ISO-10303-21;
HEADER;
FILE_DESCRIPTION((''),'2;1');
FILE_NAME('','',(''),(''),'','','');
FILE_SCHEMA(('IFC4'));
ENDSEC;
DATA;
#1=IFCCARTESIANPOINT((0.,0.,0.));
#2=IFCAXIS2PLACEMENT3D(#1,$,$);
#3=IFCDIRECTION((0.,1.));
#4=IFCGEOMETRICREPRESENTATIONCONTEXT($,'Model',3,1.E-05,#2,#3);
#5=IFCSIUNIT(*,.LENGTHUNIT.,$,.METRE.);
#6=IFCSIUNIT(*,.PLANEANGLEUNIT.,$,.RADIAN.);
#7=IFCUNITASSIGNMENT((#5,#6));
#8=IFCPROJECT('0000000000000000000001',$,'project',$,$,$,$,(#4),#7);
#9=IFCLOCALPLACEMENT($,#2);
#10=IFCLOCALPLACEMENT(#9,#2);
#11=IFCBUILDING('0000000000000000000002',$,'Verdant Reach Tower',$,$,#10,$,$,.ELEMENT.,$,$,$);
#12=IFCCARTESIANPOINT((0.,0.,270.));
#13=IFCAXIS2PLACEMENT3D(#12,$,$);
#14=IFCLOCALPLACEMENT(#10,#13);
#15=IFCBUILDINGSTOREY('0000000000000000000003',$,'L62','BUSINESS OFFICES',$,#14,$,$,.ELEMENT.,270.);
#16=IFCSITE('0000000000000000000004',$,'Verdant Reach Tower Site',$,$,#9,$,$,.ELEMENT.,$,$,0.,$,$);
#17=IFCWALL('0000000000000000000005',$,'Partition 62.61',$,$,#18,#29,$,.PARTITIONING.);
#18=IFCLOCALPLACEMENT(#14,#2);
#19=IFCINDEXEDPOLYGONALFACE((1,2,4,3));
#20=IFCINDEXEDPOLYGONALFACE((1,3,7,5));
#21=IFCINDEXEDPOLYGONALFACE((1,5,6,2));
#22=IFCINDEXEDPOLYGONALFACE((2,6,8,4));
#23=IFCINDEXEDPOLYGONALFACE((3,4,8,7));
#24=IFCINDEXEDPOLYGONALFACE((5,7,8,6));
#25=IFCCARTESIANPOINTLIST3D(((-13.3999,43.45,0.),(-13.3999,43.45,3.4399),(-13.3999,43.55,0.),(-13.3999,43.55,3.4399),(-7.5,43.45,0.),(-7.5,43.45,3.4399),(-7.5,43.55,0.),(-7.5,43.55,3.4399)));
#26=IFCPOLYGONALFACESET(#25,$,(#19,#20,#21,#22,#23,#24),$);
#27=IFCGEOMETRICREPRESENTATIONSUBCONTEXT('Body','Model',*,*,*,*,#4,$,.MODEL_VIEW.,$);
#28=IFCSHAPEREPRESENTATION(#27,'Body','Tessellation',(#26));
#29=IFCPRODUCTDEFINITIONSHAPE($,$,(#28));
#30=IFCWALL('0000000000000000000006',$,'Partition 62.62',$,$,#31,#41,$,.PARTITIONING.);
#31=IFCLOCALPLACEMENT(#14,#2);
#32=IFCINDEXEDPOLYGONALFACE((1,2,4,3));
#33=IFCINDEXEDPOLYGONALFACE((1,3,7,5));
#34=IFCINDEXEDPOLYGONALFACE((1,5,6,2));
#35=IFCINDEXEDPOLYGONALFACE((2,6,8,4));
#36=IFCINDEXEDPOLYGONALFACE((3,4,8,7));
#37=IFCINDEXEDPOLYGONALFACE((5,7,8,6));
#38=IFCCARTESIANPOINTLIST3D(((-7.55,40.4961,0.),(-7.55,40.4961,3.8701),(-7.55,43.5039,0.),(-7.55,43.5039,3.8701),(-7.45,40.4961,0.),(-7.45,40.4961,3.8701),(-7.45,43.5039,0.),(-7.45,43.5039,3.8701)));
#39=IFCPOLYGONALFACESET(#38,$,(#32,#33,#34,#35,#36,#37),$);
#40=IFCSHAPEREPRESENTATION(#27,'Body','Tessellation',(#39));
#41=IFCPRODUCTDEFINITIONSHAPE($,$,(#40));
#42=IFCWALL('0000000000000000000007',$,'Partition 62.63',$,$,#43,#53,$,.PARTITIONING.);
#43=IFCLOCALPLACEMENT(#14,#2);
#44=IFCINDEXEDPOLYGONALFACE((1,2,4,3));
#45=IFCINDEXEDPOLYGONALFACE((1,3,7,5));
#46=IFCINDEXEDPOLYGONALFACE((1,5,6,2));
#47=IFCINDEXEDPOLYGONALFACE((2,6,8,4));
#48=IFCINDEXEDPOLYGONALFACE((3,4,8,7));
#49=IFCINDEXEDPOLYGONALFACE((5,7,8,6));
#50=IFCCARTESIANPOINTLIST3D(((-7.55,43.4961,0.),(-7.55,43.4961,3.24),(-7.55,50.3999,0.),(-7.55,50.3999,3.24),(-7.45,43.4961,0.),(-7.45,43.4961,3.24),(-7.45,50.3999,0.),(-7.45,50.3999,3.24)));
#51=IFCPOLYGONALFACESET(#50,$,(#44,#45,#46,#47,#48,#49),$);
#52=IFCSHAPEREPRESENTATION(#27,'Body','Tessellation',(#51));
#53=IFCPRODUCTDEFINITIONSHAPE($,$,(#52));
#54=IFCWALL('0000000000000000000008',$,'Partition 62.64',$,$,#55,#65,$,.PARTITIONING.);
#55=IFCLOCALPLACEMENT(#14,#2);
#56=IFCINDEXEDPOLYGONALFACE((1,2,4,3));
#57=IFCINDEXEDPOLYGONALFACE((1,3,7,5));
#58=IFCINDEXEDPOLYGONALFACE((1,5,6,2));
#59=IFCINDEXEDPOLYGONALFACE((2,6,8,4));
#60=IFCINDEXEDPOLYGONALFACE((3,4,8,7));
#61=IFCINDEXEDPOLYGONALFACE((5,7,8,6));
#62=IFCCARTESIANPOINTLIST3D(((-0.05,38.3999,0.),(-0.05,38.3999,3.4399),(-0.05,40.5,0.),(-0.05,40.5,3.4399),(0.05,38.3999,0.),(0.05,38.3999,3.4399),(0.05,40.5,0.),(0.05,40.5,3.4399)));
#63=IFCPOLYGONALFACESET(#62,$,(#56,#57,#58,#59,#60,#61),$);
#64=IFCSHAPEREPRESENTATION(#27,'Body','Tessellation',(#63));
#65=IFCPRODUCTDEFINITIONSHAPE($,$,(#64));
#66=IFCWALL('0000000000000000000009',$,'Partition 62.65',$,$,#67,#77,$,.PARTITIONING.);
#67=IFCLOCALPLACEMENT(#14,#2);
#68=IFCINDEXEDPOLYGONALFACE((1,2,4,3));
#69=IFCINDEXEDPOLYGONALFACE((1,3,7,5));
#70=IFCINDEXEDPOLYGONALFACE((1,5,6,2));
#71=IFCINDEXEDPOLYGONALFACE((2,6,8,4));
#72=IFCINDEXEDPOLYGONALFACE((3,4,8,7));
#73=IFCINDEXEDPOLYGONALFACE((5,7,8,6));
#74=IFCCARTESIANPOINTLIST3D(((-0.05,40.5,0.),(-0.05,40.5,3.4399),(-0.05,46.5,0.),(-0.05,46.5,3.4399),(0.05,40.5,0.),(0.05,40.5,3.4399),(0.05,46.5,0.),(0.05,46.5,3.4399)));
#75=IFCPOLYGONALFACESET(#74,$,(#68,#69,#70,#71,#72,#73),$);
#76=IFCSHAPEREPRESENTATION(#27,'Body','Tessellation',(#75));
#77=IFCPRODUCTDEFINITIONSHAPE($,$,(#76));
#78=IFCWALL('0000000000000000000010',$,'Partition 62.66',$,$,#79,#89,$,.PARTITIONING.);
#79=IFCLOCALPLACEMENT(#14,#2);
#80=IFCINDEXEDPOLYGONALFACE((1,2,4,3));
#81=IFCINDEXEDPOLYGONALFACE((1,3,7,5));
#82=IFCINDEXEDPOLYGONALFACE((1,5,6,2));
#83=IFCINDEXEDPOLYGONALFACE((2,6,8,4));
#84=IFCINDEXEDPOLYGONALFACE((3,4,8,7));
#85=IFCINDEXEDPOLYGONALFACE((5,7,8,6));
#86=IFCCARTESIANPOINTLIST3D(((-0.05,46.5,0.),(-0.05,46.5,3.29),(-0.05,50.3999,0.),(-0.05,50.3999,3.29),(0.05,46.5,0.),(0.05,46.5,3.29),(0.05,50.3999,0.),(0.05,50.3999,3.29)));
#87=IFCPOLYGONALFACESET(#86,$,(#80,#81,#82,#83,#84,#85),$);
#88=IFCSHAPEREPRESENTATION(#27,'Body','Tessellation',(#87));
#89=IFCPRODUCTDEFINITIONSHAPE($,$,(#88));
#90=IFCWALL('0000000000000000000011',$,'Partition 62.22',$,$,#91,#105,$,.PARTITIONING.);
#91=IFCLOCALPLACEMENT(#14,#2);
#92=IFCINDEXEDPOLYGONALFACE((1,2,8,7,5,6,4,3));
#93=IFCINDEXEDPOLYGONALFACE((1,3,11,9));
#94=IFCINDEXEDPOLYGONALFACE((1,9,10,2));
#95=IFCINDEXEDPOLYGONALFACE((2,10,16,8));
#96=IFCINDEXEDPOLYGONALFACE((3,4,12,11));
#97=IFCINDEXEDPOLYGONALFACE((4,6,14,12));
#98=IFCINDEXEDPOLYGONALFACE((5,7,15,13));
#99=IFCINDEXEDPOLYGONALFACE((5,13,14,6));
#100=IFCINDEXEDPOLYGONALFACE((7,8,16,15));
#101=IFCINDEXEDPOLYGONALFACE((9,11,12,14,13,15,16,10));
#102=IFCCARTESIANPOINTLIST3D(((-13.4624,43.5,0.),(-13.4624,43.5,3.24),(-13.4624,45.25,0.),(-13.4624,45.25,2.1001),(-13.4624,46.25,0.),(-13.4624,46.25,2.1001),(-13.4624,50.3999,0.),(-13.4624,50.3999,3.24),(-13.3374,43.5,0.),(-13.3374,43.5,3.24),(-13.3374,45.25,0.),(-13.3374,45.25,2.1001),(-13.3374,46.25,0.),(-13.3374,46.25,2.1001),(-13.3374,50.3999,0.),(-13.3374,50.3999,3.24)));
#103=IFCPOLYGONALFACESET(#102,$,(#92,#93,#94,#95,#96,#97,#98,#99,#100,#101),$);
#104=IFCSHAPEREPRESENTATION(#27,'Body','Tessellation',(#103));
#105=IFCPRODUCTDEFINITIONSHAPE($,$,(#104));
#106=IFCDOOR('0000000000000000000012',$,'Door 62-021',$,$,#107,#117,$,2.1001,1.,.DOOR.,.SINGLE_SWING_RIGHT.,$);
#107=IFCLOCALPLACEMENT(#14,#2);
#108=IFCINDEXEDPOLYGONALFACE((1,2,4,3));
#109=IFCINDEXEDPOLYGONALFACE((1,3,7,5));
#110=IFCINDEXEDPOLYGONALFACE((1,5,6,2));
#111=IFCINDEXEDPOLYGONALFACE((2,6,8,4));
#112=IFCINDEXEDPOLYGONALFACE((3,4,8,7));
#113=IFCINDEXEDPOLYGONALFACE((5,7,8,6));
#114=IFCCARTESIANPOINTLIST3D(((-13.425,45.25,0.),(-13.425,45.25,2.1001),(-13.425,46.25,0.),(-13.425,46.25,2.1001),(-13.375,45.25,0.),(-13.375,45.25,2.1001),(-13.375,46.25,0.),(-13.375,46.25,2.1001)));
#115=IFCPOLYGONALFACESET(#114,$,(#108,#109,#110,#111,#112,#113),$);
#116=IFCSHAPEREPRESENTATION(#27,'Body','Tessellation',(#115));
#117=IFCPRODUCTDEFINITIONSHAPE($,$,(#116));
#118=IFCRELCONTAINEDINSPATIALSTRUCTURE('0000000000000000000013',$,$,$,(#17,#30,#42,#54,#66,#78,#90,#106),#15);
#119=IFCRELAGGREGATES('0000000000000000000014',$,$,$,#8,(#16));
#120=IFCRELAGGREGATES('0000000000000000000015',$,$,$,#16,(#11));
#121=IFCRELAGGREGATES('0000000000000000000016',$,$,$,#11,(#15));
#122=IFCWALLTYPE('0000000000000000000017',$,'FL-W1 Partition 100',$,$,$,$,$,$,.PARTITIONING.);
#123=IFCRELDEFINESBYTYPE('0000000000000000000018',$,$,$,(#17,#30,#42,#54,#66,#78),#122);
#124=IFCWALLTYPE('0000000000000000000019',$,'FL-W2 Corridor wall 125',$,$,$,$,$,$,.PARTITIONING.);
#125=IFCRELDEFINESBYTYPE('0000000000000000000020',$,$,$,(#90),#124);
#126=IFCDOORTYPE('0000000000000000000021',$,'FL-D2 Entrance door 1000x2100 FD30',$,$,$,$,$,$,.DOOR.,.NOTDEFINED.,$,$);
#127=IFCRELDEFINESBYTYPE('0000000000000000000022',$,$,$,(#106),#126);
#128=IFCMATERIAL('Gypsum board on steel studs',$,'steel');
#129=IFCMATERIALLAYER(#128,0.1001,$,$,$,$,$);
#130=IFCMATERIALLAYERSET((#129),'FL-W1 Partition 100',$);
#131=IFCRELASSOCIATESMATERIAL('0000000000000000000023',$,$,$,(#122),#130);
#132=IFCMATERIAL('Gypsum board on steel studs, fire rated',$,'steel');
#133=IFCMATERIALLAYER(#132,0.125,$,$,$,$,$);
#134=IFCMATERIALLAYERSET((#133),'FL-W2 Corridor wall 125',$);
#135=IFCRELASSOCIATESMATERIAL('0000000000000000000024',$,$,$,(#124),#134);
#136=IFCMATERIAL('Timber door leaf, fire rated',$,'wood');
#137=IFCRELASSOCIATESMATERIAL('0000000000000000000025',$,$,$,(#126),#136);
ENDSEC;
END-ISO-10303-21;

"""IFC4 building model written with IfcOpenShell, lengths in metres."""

from ifc_helpers import new_model, si_unit, direction, frame, frame_2d, origin, place, context, subcontext, project, spatial, rectangle, extrude, material, layer, layer_set, type_object, element, fill, save


model = new_model("IFC4")

# Units and contexts
model_context = context("Model", 3, precision=1e-05, world=origin(), true_north=direction((0.0, 1.0)))
body_context = subcontext(model_context, "Body", "Model", "MODEL_VIEW")
ifc_project = project(units=[si_unit("LENGTHUNIT", "METRE"), si_unit("PLANEANGLEUNIT", "RADIAN")], contexts=[model_context])

# Site, building, storey
site_placement = place(None, origin())
site = spatial("IfcSite", under=ifc_project, at=site_placement, Name="Verdant Reach Tower Site", CompositionType="ELEMENT", RefElevation=0.0)
building_placement = place(site_placement, origin())
building = spatial("IfcBuilding", under=site, at=building_placement, Name="Verdant Reach Tower", CompositionType="ELEMENT")
storey_placement = place(building_placement, frame((0.0, 0.0, 270.0)))
storey = spatial("IfcBuildingStorey", under=building, at=storey_placement, Name="L62", Description="BUSINESS OFFICES", CompositionType="ELEMENT", Elevation=270.0)

# Shared definitions
ifc_material_1 = material(Name="Gypsum board on steel studs", Category="steel")
ifc_layer_1 = layer(ifc_material_1, 0.1001)
ifc_layer_set_1 = layer_set([ifc_layer_1], Name="FL-W1 Partition 100")
wall_type_1 = type_object("IfcWallType", Name="FL-W1 Partition 100", PredefinedType="PARTITIONING", material=ifc_layer_set_1)

# Walls
wall_1_placement = place(storey_placement, frame((-7.5, 43.5, 0.0), z_axis=(0.0, 0.0, 1.0), x_axis=(-1.0, 0.0, 0.0)))
element("IfcWall", 1, at=wall_1_placement, inside=storey, type_object=wall_type_1, Name="Partition 62.61", PredefinedType="PARTITIONING", context=body_context, shape_type="SweptSolid", body=[
    extrude(rectangle(XDim=5.8999, YDim=0.1001, at=frame_2d((2.95, 0.0))), origin(), (0.0, 0.0, 1.0), 3.4399),
])
wall_2_placement = place(storey_placement, frame((-7.5, 40.4961, 0.0), z_axis=(0.0, 0.0, 1.0), x_axis=(0.0, 1.0, 0.0)))
element("IfcWall", 2, at=wall_2_placement, inside=storey, type_object=wall_type_1, Name="Partition 62.62", PredefinedType="PARTITIONING", context=body_context, shape_type="SweptSolid", body=[
    extrude(rectangle(XDim=3.0078, YDim=0.1001, at=frame_2d((1.5039, 0.0))), origin(), (0.0, 0.0, 1.0), 3.8701),
])
wall_3_placement = place(storey_placement, frame((-7.5, 43.4961, 0.0), z_axis=(0.0, 0.0, 1.0), x_axis=(0.0, 1.0, 0.0)))
element("IfcWall", 3, at=wall_3_placement, inside=storey, type_object=wall_type_1, Name="Partition 62.63", PredefinedType="PARTITIONING", context=body_context, shape_type="SweptSolid", body=[
    extrude(rectangle(XDim=6.9038, YDim=0.1001, at=frame_2d((3.4519, 0.0))), origin(), (0.0, 0.0, 1.0), 3.24),
])
wall_4_placement = place(storey_placement, frame((0.0, 38.3999, 0.0), z_axis=(0.0, 0.0, 1.0), x_axis=(0.0, 1.0, 0.0)))
element("IfcWall", 4, at=wall_4_placement, inside=storey, type_object=wall_type_1, Name="Partition 62.64", PredefinedType="PARTITIONING", context=body_context, shape_type="SweptSolid", body=[
    extrude(rectangle(XDim=2.1001, YDim=0.1001, at=frame_2d((1.05, 0.0))), origin(), (0.0, 0.0, 1.0), 3.4399),
])
wall_5_placement = place(storey_placement, frame((0.0, 40.5, 0.0), z_axis=(0.0, 0.0, 1.0), x_axis=(0.0, 1.0, 0.0)))
element("IfcWall", 5, at=wall_5_placement, inside=storey, type_object=wall_type_1, Name="Partition 62.65", PredefinedType="PARTITIONING", context=body_context, shape_type="SweptSolid", body=[
    extrude(rectangle(XDim=6.0, YDim=0.1001, at=frame_2d((3.0, 0.0))), origin(), (0.0, 0.0, 1.0), 3.4399),
])
wall_6_placement = place(storey_placement, frame((0.0, 46.5, 0.0), z_axis=(0.0, 0.0, 1.0), x_axis=(0.0, 1.0, 0.0)))
element("IfcWall", 6, at=wall_6_placement, inside=storey, type_object=wall_type_1, Name="Partition 62.66", PredefinedType="PARTITIONING", context=body_context, shape_type="SweptSolid", body=[
    extrude(rectangle(XDim=3.8999, YDim=0.1001, at=frame_2d((1.95, 0.0))), origin(), (0.0, 0.0, 1.0), 3.29),
])

# Wall, opening, door
ifc_material_2 = material(Name="Gypsum board on steel studs, fire rated", Category="steel")
ifc_layer_2 = layer(ifc_material_2, 0.125)
ifc_layer_set_2 = layer_set([ifc_layer_2], Name="FL-W2 Corridor wall 125")
wall_type_2 = type_object("IfcWallType", Name="FL-W2 Corridor wall 125", PredefinedType="PARTITIONING", material=ifc_layer_set_2)
wall_7_placement = place(storey_placement, frame((-13.3999, 50.3999, 0.0), z_axis=(0.0, 0.0, 1.0), x_axis=(0.0, -1.0, 0.0)))
wall_7 = element("IfcWall", 7, at=wall_7_placement, inside=storey, type_object=wall_type_2, Name="Partition 62.22", PredefinedType="PARTITIONING", context=body_context, shape_type="SweptSolid", body=[
    extrude(rectangle(XDim=6.8999, YDim=0.125, at=frame_2d((3.45, 0.0))), origin(), (0.0, 0.0, 1.0), 3.24),
])
opening_1_placement = place(wall_7_placement, frame((4.1499, 0.0, 0.0)))
opening_1 = element("IfcOpeningElement", 8, at=opening_1_placement, cuts=wall_7, PredefinedType="OPENING", context=body_context, shape_type="SweptSolid", body=[
    extrude(rectangle(XDim=1.0, YDim=2.1001, at=frame_2d((0.5, 1.05))), frame((0.0, 0.0725, 0.0), z_axis=(0.0, -1.0, 0.0), x_axis=(1.0, 0.0, 0.0)), (0.0, 0.0, 1.0), 0.145),
])
ifc_material_3 = material(Name="Timber door leaf, fire rated", Category="wood")
door_type_1 = type_object("IfcDoorType", Name="FL-D2 Entrance door 1000x2100 FD30", OperationType="NOTDEFINED", PredefinedType="DOOR", material=ifc_material_3)
door_1_placement = place(opening_1_placement, origin())
door_1 = element("IfcDoor", 9, at=door_1_placement, inside=storey, type_object=door_type_1, Name="Door 62-021", OperationType="SINGLE_SWING_RIGHT", OverallHeight=2.1001, OverallWidth=1.0, PredefinedType="DOOR", context=body_context, shape_type="SweptSolid", body=[
    extrude(rectangle(XDim=1.0, YDim=2.1001, at=frame_2d((0.5, 1.05))), frame((0.0, 0.0249, 0.0), z_axis=(0.0, -1.0, 0.0), x_axis=(1.0, 0.0, 0.0)), (0.0, 0.0, 1.0), 0.05),
])
fill(opening_1, door_1)

save(model, "model.ifc")
